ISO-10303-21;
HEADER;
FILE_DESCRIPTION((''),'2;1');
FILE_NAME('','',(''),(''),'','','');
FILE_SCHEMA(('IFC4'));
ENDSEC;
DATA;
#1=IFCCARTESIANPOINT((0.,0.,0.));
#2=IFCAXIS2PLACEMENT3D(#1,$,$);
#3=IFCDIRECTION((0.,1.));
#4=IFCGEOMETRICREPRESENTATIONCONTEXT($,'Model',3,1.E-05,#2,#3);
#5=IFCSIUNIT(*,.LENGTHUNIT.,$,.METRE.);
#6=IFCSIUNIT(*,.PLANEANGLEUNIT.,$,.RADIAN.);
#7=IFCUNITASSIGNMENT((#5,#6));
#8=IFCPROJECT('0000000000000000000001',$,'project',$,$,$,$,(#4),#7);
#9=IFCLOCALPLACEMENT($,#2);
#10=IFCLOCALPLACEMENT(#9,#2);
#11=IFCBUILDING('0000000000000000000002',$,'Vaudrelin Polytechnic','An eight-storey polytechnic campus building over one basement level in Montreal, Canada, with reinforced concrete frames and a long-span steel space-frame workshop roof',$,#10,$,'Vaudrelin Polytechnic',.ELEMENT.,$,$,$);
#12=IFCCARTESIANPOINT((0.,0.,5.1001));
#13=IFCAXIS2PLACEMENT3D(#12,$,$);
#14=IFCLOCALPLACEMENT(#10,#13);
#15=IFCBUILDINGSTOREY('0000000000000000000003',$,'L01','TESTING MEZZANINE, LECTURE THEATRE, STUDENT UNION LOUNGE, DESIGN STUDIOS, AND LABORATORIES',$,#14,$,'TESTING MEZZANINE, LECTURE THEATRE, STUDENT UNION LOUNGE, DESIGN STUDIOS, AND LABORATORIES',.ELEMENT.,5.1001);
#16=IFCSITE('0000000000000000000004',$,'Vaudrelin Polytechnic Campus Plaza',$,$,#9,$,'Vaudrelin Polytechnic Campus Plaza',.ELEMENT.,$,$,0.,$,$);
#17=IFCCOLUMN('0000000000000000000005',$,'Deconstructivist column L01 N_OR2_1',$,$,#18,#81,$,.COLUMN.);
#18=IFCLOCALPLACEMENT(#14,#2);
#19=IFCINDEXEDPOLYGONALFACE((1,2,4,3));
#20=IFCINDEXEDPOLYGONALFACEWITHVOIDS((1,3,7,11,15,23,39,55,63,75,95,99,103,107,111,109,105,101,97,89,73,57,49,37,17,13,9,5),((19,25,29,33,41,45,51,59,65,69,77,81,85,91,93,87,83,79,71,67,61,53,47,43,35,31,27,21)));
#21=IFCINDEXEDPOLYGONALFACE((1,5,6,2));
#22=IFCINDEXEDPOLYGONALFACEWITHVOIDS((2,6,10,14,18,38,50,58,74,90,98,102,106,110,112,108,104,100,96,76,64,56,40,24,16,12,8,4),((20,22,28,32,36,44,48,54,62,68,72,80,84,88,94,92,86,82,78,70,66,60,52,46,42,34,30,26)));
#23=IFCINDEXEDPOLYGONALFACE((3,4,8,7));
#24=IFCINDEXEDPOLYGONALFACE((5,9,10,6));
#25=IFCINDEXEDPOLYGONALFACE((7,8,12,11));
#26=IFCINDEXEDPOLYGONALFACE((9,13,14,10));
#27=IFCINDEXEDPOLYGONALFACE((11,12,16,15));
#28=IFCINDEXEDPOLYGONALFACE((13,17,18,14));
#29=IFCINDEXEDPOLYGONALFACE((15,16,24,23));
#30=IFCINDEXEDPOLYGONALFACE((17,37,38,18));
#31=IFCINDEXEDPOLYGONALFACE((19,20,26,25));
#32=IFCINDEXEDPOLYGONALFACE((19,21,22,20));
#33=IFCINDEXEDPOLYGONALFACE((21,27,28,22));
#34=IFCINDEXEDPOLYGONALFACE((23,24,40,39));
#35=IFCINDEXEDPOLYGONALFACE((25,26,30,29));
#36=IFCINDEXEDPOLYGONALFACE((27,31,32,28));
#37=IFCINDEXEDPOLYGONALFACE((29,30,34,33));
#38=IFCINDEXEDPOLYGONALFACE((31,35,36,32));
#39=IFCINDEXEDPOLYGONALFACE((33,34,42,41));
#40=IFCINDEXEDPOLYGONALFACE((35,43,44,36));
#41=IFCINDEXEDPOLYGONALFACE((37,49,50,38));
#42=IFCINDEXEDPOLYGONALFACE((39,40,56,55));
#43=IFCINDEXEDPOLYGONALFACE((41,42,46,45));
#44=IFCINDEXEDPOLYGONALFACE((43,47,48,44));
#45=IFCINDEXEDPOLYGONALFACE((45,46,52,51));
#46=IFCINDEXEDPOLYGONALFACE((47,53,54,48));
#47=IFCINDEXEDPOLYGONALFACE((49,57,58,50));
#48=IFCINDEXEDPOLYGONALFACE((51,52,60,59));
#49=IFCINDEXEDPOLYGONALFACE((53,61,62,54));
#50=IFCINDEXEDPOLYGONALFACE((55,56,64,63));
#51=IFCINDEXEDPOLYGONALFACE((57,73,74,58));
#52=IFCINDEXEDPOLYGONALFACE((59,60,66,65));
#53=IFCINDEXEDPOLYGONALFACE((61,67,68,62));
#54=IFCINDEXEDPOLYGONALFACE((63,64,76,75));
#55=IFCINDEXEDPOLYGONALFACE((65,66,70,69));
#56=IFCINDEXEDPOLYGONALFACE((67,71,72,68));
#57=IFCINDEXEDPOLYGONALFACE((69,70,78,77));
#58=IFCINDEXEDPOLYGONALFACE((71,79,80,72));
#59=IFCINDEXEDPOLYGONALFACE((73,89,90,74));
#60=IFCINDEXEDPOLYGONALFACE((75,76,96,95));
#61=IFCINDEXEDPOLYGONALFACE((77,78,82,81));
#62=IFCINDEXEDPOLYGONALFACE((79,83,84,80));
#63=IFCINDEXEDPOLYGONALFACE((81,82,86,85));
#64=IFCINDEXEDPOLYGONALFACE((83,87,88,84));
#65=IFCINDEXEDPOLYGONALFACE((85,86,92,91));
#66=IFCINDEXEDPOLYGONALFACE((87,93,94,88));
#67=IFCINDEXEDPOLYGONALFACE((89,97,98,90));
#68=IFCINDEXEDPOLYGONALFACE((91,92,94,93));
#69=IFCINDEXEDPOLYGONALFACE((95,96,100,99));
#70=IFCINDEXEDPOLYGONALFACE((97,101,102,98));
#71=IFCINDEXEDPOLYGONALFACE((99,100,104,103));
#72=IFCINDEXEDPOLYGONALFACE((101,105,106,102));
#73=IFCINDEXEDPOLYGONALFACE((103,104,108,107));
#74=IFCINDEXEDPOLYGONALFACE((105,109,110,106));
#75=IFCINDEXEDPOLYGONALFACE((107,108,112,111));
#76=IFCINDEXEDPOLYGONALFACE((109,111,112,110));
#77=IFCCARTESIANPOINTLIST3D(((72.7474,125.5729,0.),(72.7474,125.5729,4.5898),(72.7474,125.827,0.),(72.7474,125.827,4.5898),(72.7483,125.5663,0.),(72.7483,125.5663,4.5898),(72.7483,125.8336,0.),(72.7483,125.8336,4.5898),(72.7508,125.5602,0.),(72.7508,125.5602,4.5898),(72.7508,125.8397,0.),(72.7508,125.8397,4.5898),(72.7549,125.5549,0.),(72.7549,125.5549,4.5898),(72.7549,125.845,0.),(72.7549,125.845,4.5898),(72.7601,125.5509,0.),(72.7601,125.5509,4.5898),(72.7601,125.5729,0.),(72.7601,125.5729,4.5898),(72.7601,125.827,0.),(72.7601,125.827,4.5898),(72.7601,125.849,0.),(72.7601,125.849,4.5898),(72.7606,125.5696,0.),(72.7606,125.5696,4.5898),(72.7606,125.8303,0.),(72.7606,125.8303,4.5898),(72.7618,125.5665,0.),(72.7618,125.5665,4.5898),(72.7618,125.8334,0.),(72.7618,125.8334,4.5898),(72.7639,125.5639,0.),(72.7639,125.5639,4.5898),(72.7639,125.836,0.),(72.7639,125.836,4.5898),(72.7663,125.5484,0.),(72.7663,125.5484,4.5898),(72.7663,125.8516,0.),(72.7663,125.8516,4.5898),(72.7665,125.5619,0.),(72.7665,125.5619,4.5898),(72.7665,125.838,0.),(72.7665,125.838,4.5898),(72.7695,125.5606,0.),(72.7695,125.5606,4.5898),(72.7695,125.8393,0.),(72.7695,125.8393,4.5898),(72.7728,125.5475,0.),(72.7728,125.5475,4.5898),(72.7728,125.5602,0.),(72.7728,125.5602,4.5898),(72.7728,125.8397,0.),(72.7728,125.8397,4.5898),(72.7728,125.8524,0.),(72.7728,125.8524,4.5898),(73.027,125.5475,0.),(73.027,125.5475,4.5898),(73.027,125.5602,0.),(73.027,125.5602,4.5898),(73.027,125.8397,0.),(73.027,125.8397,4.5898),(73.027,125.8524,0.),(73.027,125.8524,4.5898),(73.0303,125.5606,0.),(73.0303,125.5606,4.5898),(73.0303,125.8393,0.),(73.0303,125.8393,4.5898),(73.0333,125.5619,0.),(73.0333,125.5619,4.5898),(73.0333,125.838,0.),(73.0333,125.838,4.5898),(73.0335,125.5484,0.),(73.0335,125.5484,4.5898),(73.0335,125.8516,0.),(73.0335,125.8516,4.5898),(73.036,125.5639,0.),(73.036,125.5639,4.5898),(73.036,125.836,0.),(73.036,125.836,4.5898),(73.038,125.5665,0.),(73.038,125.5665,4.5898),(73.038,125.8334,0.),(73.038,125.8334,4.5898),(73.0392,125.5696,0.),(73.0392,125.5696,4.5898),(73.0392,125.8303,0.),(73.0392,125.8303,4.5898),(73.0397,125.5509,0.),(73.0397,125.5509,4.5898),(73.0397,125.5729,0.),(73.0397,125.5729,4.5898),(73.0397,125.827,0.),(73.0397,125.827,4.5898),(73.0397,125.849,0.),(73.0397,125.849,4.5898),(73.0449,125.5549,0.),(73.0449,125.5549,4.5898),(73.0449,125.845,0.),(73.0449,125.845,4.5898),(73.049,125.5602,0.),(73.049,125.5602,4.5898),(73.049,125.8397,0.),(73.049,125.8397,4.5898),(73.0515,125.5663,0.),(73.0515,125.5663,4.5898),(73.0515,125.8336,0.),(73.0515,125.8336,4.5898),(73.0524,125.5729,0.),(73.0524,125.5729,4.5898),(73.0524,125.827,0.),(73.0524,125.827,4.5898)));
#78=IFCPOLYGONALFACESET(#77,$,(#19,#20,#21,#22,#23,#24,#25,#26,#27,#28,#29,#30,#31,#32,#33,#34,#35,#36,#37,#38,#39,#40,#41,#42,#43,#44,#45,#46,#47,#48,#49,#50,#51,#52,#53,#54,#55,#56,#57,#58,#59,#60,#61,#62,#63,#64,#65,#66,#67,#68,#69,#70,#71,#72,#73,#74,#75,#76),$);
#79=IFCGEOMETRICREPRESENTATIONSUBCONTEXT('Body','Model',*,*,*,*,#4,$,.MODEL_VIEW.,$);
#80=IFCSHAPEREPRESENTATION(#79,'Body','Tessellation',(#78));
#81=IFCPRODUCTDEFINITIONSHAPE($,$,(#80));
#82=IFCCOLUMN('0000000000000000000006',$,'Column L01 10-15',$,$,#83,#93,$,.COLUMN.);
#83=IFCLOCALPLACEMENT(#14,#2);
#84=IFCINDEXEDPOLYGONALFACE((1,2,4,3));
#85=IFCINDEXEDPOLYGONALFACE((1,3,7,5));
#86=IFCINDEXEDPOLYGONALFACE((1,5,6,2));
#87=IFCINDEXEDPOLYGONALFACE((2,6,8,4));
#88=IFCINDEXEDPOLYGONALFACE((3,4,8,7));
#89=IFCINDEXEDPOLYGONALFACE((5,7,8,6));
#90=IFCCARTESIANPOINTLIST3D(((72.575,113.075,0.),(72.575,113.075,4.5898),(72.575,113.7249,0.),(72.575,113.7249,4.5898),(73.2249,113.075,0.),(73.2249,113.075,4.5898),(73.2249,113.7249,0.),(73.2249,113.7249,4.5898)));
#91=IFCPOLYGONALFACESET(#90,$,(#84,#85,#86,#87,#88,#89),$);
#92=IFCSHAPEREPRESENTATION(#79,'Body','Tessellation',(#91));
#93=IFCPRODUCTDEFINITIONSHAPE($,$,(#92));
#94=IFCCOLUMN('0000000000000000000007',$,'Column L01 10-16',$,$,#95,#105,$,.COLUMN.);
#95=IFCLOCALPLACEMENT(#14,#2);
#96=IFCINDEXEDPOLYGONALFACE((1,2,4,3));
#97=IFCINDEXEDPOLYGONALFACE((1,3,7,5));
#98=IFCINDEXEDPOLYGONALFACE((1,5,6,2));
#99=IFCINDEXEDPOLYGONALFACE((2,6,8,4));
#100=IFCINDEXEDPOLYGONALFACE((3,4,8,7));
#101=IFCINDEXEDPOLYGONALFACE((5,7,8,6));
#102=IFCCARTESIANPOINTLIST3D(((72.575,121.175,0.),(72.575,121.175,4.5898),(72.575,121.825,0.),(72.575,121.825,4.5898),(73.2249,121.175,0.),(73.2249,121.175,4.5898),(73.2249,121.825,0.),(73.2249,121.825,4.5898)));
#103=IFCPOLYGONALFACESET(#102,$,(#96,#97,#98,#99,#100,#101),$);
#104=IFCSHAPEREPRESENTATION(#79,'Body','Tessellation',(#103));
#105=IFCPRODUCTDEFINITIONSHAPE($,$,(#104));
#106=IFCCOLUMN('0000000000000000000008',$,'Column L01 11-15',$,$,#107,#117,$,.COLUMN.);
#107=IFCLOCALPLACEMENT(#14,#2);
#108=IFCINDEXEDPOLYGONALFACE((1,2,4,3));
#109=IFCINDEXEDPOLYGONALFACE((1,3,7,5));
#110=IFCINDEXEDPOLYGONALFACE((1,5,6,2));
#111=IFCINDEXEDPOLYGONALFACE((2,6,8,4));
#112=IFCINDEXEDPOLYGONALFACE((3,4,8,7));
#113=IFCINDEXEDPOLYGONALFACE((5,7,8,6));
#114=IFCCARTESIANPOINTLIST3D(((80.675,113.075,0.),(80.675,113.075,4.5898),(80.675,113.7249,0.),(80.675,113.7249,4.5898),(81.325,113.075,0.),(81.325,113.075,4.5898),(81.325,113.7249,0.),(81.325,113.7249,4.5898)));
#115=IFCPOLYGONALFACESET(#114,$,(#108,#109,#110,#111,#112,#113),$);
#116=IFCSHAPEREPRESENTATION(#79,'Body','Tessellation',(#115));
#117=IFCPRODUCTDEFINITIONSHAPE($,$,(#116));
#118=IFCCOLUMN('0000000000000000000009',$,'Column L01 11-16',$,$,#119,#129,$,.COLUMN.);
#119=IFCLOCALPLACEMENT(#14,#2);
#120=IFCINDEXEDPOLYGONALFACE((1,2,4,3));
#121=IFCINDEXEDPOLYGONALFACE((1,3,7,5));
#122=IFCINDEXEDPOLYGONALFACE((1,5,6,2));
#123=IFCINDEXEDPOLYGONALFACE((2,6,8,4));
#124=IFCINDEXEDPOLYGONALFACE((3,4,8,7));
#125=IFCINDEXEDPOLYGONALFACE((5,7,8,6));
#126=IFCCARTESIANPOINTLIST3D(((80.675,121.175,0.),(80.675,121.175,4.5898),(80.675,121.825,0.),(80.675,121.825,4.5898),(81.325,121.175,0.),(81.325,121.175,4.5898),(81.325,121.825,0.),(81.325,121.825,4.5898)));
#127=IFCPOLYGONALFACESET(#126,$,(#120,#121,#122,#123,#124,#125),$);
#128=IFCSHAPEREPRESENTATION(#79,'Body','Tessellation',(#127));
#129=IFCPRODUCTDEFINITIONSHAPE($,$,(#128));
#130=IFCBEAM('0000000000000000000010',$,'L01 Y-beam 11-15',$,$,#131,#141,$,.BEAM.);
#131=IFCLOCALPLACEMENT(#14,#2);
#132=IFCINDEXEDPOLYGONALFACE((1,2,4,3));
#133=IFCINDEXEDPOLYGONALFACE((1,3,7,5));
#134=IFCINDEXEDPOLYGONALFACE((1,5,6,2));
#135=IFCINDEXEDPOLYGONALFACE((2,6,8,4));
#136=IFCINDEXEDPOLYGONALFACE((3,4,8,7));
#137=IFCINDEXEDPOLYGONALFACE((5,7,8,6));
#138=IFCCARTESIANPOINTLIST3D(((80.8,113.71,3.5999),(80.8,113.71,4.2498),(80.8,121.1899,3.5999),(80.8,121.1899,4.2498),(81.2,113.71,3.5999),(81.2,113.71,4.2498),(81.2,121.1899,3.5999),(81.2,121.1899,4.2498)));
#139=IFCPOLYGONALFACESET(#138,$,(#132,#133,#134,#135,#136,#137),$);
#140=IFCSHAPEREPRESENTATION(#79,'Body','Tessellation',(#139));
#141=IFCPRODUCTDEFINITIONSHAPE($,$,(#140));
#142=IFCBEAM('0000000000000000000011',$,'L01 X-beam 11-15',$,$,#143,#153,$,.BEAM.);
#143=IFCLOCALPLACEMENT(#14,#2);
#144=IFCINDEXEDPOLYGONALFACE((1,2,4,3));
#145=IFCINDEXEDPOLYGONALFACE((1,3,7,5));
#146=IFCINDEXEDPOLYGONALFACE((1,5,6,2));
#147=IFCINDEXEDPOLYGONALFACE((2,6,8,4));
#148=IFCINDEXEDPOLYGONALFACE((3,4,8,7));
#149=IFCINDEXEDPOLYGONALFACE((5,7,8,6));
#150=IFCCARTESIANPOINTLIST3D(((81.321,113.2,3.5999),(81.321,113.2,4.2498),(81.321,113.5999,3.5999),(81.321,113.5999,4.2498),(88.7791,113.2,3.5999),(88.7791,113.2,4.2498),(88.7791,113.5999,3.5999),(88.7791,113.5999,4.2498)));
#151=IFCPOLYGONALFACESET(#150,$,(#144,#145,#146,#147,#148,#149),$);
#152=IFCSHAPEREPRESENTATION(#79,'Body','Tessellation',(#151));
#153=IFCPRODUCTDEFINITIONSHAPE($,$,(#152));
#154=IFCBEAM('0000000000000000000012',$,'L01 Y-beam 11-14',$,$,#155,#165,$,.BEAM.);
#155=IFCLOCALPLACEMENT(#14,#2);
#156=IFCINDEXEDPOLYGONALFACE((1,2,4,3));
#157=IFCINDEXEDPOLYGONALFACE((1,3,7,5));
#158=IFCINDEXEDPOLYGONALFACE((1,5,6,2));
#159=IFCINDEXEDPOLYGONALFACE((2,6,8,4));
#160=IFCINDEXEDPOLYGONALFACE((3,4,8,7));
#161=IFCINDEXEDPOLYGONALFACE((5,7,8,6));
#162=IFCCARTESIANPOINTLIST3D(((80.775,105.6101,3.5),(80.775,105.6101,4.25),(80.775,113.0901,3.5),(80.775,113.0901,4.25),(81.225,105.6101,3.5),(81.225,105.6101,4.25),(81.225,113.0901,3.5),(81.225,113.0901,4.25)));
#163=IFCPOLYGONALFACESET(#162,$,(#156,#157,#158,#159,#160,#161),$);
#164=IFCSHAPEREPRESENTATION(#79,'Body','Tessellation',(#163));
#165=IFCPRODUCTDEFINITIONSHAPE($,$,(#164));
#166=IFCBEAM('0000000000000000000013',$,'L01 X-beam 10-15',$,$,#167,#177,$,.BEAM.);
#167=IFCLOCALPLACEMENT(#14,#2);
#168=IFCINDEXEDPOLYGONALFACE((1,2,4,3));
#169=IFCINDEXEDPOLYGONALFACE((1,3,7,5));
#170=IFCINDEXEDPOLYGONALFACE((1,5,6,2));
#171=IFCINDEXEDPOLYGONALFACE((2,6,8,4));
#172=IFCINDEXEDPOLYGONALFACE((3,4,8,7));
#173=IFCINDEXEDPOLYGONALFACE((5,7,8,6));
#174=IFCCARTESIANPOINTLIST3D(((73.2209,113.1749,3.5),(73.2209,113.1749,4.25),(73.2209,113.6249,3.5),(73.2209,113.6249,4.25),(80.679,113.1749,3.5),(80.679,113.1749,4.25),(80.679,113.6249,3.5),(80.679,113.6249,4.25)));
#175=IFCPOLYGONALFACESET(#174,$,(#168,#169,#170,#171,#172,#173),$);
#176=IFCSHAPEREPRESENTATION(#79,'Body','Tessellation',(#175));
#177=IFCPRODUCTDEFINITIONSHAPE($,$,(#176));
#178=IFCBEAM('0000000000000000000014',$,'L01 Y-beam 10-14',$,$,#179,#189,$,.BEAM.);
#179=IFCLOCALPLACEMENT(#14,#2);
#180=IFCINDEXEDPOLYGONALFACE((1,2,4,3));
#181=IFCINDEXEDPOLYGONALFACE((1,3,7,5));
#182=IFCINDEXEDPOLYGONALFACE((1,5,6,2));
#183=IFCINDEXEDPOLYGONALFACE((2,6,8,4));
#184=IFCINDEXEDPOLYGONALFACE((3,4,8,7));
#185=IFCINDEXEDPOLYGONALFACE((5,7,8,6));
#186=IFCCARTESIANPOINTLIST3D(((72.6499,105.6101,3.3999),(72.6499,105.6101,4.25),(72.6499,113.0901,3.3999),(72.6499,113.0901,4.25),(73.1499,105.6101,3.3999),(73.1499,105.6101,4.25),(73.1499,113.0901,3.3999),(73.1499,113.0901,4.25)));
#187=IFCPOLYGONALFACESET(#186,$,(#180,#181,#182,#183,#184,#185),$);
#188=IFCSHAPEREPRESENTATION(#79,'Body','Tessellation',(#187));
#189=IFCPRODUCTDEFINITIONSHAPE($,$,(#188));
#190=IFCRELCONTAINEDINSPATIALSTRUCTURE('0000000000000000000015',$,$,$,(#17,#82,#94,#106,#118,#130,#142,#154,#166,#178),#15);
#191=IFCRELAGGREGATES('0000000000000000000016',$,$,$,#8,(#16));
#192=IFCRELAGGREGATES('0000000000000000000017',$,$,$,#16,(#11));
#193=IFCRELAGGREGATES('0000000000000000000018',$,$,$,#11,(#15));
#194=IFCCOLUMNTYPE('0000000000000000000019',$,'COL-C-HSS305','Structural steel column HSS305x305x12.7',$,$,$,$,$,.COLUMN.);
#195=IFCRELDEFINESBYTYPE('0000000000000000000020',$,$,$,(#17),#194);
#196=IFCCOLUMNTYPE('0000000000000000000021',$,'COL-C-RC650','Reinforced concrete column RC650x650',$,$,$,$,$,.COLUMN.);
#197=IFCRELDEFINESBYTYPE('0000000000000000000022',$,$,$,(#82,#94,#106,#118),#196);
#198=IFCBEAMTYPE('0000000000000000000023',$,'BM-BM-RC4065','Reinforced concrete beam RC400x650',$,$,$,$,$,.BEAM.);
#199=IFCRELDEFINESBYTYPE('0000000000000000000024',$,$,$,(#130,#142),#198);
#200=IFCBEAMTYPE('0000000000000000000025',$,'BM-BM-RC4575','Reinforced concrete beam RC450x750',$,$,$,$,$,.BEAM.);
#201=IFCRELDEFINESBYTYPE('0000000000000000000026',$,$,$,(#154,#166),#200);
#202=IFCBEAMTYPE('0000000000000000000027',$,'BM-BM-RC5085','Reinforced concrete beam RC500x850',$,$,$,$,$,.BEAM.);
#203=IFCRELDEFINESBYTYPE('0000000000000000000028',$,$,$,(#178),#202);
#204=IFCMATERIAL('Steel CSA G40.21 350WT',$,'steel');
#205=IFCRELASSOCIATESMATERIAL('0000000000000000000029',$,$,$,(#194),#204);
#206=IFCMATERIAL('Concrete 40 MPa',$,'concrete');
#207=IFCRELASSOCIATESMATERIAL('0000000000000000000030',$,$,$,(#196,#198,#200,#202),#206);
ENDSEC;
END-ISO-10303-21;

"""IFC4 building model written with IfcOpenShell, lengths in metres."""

from ifc_helpers import new_model, si_unit, direction, frame, origin, origin_2d, place, context, subcontext, project, spatial, rectangle, hollow_rectangle, extrude, material, material_profile, profile_set, type_object, element, save


model = new_model("IFC4")

# Units and contexts
model_context = context("Model", 3, precision=1e-05, world=origin(), true_north=direction((0.0, 1.0)))
body_context = subcontext(model_context, "Body", "Model", "MODEL_VIEW")
ifc_project = project(units=[si_unit("LENGTHUNIT", "METRE"), si_unit("PLANEANGLEUNIT", "RADIAN")], contexts=[model_context])

# Site, building, storey
site_placement = place(None, origin())
site = spatial("IfcSite", under=ifc_project, at=site_placement, Name="Vaudrelin Polytechnic Campus Plaza", LongName="Vaudrelin Polytechnic Campus Plaza", CompositionType="ELEMENT", RefElevation=0.0)
building_placement = place(site_placement, origin())
building = spatial("IfcBuilding", under=site, at=building_placement, Name="Vaudrelin Polytechnic", Description="An eight-storey polytechnic campus building over one basement level in Montreal, Canada, with reinforced concrete frames and a long-span steel space-frame workshop roof", LongName="Vaudrelin Polytechnic", CompositionType="ELEMENT")
storey_placement = place(building_placement, frame((0.0, 0.0, 5.1001)))
storey = spatial("IfcBuildingStorey", under=building, at=storey_placement, Name="L01", Description="TESTING MEZZANINE, LECTURE THEATRE, STUDENT UNION LOUNGE, DESIGN STUDIOS, AND LABORATORIES", LongName="TESTING MEZZANINE, LECTURE THEATRE, STUDENT UNION LOUNGE, DESIGN STUDIOS, AND LABORATORIES", CompositionType="ELEMENT", Elevation=5.1001)

# Columns
ifc_material_1 = material(Name="Steel CSA G40.21 350WT", Category="steel")
ifc_material_profile_1 = material_profile(ifc_material_1, hollow_rectangle(XDim=0.3049, YDim=0.3049, WallThickness=0.0127, InnerFilletRadius=0.0127, OuterFilletRadius=0.0254, at=origin_2d()), Name="HSS305x305x12.7")
ifc_profile_set_1 = profile_set([ifc_material_profile_1], Name="Steel CSA G40.21 350WT")
column_type_1 = type_object("IfcColumnType", Name="COL-C-HSS305", Description="Structural steel column HSS305x305x12.7", PredefinedType="COLUMN", material=ifc_profile_set_1)
column_placement = place(storey_placement, frame((72.8999, 125.7, 0.0), z_axis=(0.0, 0.0, 1.0), x_axis=(1.0, 0.0, 0.0)))
element("IfcColumn", 1, at=column_placement, inside=storey, type_object=column_type_1, Name="Deconstructivist column L01 N_OR2_1", PredefinedType="COLUMN", context=body_context, shape_type="SweptSolid", body=[
    extrude(hollow_rectangle(XDim=0.3049, YDim=0.3049, WallThickness=0.0127, InnerFilletRadius=0.0127, OuterFilletRadius=0.0254, at=origin_2d()), origin(), (0.0, 0.0, 1.0), 4.5898),
])
ifc_material_2 = material(Name="Concrete 40 MPa", Category="concrete")
ifc_material_profile_2 = material_profile(ifc_material_2, rectangle(XDim=0.6499, YDim=0.6499, at=origin_2d()), Name="RC650x650")
ifc_profile_set_2 = profile_set([ifc_material_profile_2], Name="Concrete 40 MPa")
column_type_2 = type_object("IfcColumnType", Name="COL-C-RC650", Description="Reinforced concrete column RC650x650", PredefinedType="COLUMN", material=ifc_profile_set_2)
for number, where, z_axis, x_axis, name in (
    (2, (72.8999, 113.3999, 0.0), (0.0, 0.0, 1.0), (1.0, 0.0, 0.0), "Column L01 10-15"),
    (3, (72.8999, 121.5, 0.0), (0.0, 0.0, 1.0), (1.0, 0.0, 0.0), "Column L01 10-16"),
    (4, (81.0, 113.3999, 0.0), (0.0, 0.0, 1.0), (1.0, 0.0, 0.0), "Column L01 11-15"),
    (5, (81.0, 121.5, 0.0), (0.0, 0.0, 1.0), (1.0, 0.0, 0.0), "Column L01 11-16"),
):
    element("IfcColumn", number, at=place(storey_placement, frame(where, z_axis=z_axis, x_axis=x_axis)), inside=storey, type_object=column_type_2, Name=name, PredefinedType="COLUMN", context=body_context, shape_type="SweptSolid", body=[
        extrude(rectangle(XDim=0.6499, YDim=0.6499, at=origin_2d()), origin(), (0.0, 0.0, 1.0), 4.5898),
    ])

# Beams
ifc_material_profile_3 = material_profile(ifc_material_2, rectangle(XDim=0.3999, YDim=0.6499, at=origin_2d()), Name="RC400x650")
ifc_profile_set_3 = profile_set([ifc_material_profile_3], Name="Concrete 40 MPa")
beam_type_1 = type_object("IfcBeamType", Name="BM-BM-RC4065", Description="Reinforced concrete beam RC400x650", PredefinedType="BEAM", material=ifc_profile_set_3)
beam_1_placement = place(storey_placement, frame((81.0, 113.71, 3.9248), z_axis=(0.0, 1.0, 0.0), x_axis=(-1.0, 0.0, 0.0)))
element("IfcBeam", 6, at=beam_1_placement, inside=storey, type_object=beam_type_1, Name="L01 Y-beam 11-15", PredefinedType="BEAM", context=body_context, shape_type="SweptSolid", body=[
    extrude(rectangle(XDim=0.3999, YDim=0.6499, at=origin_2d()), origin(), (0.0, 0.0, 1.0), 7.48),
])
beam_2_placement = place(storey_placement, frame((81.321, 113.3999, 3.9248), z_axis=(1.0, 0.0, 0.0), x_axis=(0.0, 1.0, 0.0)))
element("IfcBeam", 7, at=beam_2_placement, inside=storey, type_object=beam_type_1, Name="L01 X-beam 11-15", PredefinedType="BEAM", context=body_context, shape_type="SweptSolid", body=[
    extrude(rectangle(XDim=0.3999, YDim=0.6499, at=origin_2d()), origin(), (0.0, 0.0, 1.0), 7.458),
])
ifc_material_profile_4 = material_profile(ifc_material_2, rectangle(XDim=0.45, YDim=0.75, at=origin_2d()), Name="RC450x750")
ifc_profile_set_4 = profile_set([ifc_material_profile_4], Name="Concrete 40 MPa")
beam_type_2 = type_object("IfcBeamType", Name="BM-BM-RC4575", Description="Reinforced concrete beam RC450x750", PredefinedType="BEAM", material=ifc_profile_set_4)
beam_3_placement = place(storey_placement, frame((81.0, 105.6101, 3.875), z_axis=(0.0, 1.0, 0.0), x_axis=(-1.0, 0.0, 0.0)))
element("IfcBeam", 8, at=beam_3_placement, inside=storey, type_object=beam_type_2, Name="L01 Y-beam 11-14", PredefinedType="BEAM", context=body_context, shape_type="SweptSolid", body=[
    extrude(rectangle(XDim=0.45, YDim=0.75, at=origin_2d()), origin(), (0.0, 0.0, 1.0), 7.48),
])
beam_4_placement = place(storey_placement, frame((73.2209, 113.3999, 3.875), z_axis=(1.0, 0.0, 0.0), x_axis=(0.0, 1.0, 0.0)))
element("IfcBeam", 9, at=beam_4_placement, inside=storey, type_object=beam_type_2, Name="L01 X-beam 10-15", PredefinedType="BEAM", context=body_context, shape_type="SweptSolid", body=[
    extrude(rectangle(XDim=0.45, YDim=0.75, at=origin_2d()), origin(), (0.0, 0.0, 1.0), 7.458),
])
ifc_material_profile_5 = material_profile(ifc_material_2, rectangle(XDim=0.5, YDim=0.8501, at=origin_2d()), Name="RC500x850")
ifc_profile_set_5 = profile_set([ifc_material_profile_5], Name="Concrete 40 MPa")
beam_type_3 = type_object("IfcBeamType", Name="BM-BM-RC5085", Description="Reinforced concrete beam RC500x850", PredefinedType="BEAM", material=ifc_profile_set_5)
beam_5_placement = place(storey_placement, frame((72.8999, 105.6101, 3.825), z_axis=(0.0, 1.0, 0.0), x_axis=(-1.0, 0.0, 0.0)))
element("IfcBeam", 10, at=beam_5_placement, inside=storey, type_object=beam_type_3, Name="L01 Y-beam 10-14", PredefinedType="BEAM", context=body_context, shape_type="SweptSolid", body=[
    extrude(rectangle(XDim=0.5, YDim=0.8501, at=origin_2d()), origin(), (0.0, 0.0, 1.0), 7.48),
])

save(model, "model.ifc")
